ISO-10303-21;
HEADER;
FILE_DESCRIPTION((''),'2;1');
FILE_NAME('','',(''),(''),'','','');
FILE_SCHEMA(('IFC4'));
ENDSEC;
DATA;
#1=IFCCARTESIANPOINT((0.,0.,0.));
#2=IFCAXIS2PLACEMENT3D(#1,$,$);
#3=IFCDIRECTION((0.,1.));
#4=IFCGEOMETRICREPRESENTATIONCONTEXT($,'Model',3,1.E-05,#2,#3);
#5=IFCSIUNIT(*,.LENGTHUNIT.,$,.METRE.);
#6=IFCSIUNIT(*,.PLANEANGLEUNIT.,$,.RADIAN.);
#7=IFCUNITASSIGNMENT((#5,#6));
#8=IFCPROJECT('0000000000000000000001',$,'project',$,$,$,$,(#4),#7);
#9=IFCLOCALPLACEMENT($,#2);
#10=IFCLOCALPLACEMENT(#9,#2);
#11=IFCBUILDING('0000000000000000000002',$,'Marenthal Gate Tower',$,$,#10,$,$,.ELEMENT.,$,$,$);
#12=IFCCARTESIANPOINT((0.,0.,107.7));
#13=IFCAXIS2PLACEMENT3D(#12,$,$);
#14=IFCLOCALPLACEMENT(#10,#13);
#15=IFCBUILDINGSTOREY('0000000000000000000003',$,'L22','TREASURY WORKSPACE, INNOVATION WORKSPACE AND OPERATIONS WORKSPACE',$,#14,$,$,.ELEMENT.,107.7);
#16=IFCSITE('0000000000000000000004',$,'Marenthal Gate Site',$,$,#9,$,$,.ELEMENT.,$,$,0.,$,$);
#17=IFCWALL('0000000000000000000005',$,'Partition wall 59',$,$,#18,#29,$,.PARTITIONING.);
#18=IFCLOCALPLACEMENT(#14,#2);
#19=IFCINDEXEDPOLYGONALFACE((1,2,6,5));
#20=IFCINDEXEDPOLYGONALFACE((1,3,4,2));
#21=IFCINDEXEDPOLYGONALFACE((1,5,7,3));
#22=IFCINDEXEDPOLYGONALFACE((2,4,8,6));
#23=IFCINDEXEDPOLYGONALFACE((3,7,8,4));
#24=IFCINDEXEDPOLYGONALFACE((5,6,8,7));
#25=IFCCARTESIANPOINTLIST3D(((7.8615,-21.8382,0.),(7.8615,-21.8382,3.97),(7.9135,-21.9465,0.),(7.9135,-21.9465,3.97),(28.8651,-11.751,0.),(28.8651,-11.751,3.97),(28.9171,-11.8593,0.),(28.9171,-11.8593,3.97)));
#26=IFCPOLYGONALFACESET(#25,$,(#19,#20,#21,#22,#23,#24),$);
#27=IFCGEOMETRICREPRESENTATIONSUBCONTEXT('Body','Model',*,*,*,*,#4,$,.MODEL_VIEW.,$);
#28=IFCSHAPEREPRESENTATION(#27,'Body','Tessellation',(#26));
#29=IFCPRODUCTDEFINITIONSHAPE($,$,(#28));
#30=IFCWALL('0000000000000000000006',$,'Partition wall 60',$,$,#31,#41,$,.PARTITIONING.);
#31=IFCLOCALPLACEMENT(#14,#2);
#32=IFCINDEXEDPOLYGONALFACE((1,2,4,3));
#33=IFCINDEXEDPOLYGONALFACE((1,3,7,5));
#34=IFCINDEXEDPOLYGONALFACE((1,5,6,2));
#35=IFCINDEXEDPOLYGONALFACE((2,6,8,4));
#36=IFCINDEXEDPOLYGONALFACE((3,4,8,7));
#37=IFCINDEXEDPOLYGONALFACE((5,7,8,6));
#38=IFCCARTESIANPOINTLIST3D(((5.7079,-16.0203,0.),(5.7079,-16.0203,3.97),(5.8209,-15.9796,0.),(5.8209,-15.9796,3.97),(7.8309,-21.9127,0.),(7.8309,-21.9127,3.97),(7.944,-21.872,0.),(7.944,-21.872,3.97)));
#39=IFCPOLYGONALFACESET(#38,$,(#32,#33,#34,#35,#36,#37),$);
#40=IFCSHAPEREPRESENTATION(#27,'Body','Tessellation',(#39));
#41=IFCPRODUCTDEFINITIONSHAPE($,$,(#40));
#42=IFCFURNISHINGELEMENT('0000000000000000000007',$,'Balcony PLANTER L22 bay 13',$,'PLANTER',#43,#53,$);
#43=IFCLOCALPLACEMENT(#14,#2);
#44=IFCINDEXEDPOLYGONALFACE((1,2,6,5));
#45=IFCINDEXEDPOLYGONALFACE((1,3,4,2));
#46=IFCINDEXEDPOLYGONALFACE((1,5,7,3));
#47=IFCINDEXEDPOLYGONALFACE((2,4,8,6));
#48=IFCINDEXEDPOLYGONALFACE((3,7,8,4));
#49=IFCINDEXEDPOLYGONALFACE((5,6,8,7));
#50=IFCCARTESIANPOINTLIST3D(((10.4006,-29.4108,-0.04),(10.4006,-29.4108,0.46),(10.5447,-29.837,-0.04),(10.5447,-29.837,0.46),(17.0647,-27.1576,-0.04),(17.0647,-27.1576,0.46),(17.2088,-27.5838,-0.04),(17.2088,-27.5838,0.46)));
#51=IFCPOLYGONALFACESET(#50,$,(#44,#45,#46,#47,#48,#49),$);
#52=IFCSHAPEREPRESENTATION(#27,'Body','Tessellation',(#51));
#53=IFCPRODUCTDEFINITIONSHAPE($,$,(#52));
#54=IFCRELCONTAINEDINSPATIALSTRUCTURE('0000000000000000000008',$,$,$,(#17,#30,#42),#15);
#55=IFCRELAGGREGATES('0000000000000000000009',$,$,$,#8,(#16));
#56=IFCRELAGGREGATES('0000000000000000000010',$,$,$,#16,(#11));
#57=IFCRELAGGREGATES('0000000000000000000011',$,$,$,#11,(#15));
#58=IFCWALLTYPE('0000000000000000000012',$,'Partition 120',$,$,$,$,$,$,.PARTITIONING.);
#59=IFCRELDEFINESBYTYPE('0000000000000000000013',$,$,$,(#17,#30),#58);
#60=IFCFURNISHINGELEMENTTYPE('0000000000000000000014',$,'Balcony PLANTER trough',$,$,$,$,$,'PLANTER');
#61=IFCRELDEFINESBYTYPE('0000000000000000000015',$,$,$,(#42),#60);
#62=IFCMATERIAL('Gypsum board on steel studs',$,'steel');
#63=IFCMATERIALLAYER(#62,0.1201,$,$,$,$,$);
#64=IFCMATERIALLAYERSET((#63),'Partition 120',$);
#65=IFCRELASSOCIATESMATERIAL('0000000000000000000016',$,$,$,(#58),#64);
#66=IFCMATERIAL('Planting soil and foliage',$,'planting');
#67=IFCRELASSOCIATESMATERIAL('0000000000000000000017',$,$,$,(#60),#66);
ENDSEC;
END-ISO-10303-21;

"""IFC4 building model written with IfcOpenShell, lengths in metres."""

from ifc_helpers import new_model, si_unit, direction, frame, frame_2d, origin, origin_2d, place, context, subcontext, project, spatial, rectangle, extrude, material, layer, layer_set, type_object, element, save


model = new_model("IFC4")

# Units and contexts
model_context = context("Model", 3, precision=1e-05, world=origin(), true_north=direction((0.0, 1.0)))
body_context = subcontext(model_context, "Body", "Model", "MODEL_VIEW")
ifc_project = project(units=[si_unit("LENGTHUNIT", "METRE"), si_unit("PLANEANGLEUNIT", "RADIAN")], contexts=[model_context])

# Site, building, storey
site_placement = place(None, origin())
site = spatial("IfcSite", under=ifc_project, at=site_placement, Name="Marenthal Gate Site", CompositionType="ELEMENT", RefElevation=0.0)
building_placement = place(site_placement, origin())
building = spatial("IfcBuilding", under=site, at=building_placement, Name="Marenthal Gate Tower", CompositionType="ELEMENT")
storey_placement = place(building_placement, frame((0.0, 0.0, 107.7)))
storey = spatial("IfcBuildingStorey", under=building, at=storey_placement, Name="L22", Description="TREASURY WORKSPACE, INNOVATION WORKSPACE AND OPERATIONS WORKSPACE", CompositionType="ELEMENT", Elevation=107.7)

# Walls
ifc_material_1 = material(Name="Gypsum board on steel studs", Category="steel")
ifc_layer_1 = layer(ifc_material_1, 0.1201)
ifc_layer_set_1 = layer_set([ifc_layer_1], Name="Partition 120")
wall_type_1 = type_object("IfcWallType", Name="Partition 120", PredefinedType="PARTITIONING", material=ifc_layer_set_1)
wall_1_placement = place(storey_placement, frame((7.8875, -21.8923, 0.0), z_axis=(0.0, 0.0, 1.0), x_axis=(0.901433, 0.432919, 0.0)))
element("IfcWall", 1, at=wall_1_placement, inside=storey, type_object=wall_type_1, Name="Partition wall 59", PredefinedType="PARTITIONING", context=body_context, shape_type="SweptSolid", body=[
    extrude(rectangle(XDim=23.3003, YDim=0.1201, at=frame_2d((11.6501, 0.0))), origin(), (0.0, 0.0, 1.0), 3.97),
])
wall_2_placement = place(storey_placement, frame((7.8875, -21.8923, 0.0), z_axis=(0.0, 0.0, 1.0), x_axis=(-0.338975, 0.940795, 0.0)))
element("IfcWall", 2, at=wall_2_placement, inside=storey, type_object=wall_type_1, Name="Partition wall 60", PredefinedType="PARTITIONING", context=body_context, shape_type="SweptSolid", body=[
    extrude(rectangle(XDim=6.2632, YDim=0.1201, at=frame_2d((3.1316, 0.0))), origin(), (0.0, 0.0, 1.0), 3.97),
])

# Furnishing element
ifc_material_2 = material(Name="Planting soil and foliage", Category="planting")
furnishing_element_type = type_object("IfcFurnishingElementType", Name="Balcony PLANTER trough", ElementType="PLANTER", material=ifc_material_2)
furnishing_placement = place(storey_placement, frame((13.8047, -28.4973, -0.04), z_axis=(0.0, 0.0, 1.0), x_axis=(0.947316, 0.3203, 0.0)))
element("IfcFurnishingElement", 3, at=furnishing_placement, inside=storey, type_object=furnishing_element_type, Name="Balcony PLANTER L22 bay 13", ObjectType="PLANTER", context=body_context, shape_type="SweptSolid", body=[
    extrude(rectangle(XDim=7.0347, YDim=0.45, at=origin_2d()), origin(), (0.0, 0.0, 1.0), 0.5),
])

save(model, "model.ifc")
